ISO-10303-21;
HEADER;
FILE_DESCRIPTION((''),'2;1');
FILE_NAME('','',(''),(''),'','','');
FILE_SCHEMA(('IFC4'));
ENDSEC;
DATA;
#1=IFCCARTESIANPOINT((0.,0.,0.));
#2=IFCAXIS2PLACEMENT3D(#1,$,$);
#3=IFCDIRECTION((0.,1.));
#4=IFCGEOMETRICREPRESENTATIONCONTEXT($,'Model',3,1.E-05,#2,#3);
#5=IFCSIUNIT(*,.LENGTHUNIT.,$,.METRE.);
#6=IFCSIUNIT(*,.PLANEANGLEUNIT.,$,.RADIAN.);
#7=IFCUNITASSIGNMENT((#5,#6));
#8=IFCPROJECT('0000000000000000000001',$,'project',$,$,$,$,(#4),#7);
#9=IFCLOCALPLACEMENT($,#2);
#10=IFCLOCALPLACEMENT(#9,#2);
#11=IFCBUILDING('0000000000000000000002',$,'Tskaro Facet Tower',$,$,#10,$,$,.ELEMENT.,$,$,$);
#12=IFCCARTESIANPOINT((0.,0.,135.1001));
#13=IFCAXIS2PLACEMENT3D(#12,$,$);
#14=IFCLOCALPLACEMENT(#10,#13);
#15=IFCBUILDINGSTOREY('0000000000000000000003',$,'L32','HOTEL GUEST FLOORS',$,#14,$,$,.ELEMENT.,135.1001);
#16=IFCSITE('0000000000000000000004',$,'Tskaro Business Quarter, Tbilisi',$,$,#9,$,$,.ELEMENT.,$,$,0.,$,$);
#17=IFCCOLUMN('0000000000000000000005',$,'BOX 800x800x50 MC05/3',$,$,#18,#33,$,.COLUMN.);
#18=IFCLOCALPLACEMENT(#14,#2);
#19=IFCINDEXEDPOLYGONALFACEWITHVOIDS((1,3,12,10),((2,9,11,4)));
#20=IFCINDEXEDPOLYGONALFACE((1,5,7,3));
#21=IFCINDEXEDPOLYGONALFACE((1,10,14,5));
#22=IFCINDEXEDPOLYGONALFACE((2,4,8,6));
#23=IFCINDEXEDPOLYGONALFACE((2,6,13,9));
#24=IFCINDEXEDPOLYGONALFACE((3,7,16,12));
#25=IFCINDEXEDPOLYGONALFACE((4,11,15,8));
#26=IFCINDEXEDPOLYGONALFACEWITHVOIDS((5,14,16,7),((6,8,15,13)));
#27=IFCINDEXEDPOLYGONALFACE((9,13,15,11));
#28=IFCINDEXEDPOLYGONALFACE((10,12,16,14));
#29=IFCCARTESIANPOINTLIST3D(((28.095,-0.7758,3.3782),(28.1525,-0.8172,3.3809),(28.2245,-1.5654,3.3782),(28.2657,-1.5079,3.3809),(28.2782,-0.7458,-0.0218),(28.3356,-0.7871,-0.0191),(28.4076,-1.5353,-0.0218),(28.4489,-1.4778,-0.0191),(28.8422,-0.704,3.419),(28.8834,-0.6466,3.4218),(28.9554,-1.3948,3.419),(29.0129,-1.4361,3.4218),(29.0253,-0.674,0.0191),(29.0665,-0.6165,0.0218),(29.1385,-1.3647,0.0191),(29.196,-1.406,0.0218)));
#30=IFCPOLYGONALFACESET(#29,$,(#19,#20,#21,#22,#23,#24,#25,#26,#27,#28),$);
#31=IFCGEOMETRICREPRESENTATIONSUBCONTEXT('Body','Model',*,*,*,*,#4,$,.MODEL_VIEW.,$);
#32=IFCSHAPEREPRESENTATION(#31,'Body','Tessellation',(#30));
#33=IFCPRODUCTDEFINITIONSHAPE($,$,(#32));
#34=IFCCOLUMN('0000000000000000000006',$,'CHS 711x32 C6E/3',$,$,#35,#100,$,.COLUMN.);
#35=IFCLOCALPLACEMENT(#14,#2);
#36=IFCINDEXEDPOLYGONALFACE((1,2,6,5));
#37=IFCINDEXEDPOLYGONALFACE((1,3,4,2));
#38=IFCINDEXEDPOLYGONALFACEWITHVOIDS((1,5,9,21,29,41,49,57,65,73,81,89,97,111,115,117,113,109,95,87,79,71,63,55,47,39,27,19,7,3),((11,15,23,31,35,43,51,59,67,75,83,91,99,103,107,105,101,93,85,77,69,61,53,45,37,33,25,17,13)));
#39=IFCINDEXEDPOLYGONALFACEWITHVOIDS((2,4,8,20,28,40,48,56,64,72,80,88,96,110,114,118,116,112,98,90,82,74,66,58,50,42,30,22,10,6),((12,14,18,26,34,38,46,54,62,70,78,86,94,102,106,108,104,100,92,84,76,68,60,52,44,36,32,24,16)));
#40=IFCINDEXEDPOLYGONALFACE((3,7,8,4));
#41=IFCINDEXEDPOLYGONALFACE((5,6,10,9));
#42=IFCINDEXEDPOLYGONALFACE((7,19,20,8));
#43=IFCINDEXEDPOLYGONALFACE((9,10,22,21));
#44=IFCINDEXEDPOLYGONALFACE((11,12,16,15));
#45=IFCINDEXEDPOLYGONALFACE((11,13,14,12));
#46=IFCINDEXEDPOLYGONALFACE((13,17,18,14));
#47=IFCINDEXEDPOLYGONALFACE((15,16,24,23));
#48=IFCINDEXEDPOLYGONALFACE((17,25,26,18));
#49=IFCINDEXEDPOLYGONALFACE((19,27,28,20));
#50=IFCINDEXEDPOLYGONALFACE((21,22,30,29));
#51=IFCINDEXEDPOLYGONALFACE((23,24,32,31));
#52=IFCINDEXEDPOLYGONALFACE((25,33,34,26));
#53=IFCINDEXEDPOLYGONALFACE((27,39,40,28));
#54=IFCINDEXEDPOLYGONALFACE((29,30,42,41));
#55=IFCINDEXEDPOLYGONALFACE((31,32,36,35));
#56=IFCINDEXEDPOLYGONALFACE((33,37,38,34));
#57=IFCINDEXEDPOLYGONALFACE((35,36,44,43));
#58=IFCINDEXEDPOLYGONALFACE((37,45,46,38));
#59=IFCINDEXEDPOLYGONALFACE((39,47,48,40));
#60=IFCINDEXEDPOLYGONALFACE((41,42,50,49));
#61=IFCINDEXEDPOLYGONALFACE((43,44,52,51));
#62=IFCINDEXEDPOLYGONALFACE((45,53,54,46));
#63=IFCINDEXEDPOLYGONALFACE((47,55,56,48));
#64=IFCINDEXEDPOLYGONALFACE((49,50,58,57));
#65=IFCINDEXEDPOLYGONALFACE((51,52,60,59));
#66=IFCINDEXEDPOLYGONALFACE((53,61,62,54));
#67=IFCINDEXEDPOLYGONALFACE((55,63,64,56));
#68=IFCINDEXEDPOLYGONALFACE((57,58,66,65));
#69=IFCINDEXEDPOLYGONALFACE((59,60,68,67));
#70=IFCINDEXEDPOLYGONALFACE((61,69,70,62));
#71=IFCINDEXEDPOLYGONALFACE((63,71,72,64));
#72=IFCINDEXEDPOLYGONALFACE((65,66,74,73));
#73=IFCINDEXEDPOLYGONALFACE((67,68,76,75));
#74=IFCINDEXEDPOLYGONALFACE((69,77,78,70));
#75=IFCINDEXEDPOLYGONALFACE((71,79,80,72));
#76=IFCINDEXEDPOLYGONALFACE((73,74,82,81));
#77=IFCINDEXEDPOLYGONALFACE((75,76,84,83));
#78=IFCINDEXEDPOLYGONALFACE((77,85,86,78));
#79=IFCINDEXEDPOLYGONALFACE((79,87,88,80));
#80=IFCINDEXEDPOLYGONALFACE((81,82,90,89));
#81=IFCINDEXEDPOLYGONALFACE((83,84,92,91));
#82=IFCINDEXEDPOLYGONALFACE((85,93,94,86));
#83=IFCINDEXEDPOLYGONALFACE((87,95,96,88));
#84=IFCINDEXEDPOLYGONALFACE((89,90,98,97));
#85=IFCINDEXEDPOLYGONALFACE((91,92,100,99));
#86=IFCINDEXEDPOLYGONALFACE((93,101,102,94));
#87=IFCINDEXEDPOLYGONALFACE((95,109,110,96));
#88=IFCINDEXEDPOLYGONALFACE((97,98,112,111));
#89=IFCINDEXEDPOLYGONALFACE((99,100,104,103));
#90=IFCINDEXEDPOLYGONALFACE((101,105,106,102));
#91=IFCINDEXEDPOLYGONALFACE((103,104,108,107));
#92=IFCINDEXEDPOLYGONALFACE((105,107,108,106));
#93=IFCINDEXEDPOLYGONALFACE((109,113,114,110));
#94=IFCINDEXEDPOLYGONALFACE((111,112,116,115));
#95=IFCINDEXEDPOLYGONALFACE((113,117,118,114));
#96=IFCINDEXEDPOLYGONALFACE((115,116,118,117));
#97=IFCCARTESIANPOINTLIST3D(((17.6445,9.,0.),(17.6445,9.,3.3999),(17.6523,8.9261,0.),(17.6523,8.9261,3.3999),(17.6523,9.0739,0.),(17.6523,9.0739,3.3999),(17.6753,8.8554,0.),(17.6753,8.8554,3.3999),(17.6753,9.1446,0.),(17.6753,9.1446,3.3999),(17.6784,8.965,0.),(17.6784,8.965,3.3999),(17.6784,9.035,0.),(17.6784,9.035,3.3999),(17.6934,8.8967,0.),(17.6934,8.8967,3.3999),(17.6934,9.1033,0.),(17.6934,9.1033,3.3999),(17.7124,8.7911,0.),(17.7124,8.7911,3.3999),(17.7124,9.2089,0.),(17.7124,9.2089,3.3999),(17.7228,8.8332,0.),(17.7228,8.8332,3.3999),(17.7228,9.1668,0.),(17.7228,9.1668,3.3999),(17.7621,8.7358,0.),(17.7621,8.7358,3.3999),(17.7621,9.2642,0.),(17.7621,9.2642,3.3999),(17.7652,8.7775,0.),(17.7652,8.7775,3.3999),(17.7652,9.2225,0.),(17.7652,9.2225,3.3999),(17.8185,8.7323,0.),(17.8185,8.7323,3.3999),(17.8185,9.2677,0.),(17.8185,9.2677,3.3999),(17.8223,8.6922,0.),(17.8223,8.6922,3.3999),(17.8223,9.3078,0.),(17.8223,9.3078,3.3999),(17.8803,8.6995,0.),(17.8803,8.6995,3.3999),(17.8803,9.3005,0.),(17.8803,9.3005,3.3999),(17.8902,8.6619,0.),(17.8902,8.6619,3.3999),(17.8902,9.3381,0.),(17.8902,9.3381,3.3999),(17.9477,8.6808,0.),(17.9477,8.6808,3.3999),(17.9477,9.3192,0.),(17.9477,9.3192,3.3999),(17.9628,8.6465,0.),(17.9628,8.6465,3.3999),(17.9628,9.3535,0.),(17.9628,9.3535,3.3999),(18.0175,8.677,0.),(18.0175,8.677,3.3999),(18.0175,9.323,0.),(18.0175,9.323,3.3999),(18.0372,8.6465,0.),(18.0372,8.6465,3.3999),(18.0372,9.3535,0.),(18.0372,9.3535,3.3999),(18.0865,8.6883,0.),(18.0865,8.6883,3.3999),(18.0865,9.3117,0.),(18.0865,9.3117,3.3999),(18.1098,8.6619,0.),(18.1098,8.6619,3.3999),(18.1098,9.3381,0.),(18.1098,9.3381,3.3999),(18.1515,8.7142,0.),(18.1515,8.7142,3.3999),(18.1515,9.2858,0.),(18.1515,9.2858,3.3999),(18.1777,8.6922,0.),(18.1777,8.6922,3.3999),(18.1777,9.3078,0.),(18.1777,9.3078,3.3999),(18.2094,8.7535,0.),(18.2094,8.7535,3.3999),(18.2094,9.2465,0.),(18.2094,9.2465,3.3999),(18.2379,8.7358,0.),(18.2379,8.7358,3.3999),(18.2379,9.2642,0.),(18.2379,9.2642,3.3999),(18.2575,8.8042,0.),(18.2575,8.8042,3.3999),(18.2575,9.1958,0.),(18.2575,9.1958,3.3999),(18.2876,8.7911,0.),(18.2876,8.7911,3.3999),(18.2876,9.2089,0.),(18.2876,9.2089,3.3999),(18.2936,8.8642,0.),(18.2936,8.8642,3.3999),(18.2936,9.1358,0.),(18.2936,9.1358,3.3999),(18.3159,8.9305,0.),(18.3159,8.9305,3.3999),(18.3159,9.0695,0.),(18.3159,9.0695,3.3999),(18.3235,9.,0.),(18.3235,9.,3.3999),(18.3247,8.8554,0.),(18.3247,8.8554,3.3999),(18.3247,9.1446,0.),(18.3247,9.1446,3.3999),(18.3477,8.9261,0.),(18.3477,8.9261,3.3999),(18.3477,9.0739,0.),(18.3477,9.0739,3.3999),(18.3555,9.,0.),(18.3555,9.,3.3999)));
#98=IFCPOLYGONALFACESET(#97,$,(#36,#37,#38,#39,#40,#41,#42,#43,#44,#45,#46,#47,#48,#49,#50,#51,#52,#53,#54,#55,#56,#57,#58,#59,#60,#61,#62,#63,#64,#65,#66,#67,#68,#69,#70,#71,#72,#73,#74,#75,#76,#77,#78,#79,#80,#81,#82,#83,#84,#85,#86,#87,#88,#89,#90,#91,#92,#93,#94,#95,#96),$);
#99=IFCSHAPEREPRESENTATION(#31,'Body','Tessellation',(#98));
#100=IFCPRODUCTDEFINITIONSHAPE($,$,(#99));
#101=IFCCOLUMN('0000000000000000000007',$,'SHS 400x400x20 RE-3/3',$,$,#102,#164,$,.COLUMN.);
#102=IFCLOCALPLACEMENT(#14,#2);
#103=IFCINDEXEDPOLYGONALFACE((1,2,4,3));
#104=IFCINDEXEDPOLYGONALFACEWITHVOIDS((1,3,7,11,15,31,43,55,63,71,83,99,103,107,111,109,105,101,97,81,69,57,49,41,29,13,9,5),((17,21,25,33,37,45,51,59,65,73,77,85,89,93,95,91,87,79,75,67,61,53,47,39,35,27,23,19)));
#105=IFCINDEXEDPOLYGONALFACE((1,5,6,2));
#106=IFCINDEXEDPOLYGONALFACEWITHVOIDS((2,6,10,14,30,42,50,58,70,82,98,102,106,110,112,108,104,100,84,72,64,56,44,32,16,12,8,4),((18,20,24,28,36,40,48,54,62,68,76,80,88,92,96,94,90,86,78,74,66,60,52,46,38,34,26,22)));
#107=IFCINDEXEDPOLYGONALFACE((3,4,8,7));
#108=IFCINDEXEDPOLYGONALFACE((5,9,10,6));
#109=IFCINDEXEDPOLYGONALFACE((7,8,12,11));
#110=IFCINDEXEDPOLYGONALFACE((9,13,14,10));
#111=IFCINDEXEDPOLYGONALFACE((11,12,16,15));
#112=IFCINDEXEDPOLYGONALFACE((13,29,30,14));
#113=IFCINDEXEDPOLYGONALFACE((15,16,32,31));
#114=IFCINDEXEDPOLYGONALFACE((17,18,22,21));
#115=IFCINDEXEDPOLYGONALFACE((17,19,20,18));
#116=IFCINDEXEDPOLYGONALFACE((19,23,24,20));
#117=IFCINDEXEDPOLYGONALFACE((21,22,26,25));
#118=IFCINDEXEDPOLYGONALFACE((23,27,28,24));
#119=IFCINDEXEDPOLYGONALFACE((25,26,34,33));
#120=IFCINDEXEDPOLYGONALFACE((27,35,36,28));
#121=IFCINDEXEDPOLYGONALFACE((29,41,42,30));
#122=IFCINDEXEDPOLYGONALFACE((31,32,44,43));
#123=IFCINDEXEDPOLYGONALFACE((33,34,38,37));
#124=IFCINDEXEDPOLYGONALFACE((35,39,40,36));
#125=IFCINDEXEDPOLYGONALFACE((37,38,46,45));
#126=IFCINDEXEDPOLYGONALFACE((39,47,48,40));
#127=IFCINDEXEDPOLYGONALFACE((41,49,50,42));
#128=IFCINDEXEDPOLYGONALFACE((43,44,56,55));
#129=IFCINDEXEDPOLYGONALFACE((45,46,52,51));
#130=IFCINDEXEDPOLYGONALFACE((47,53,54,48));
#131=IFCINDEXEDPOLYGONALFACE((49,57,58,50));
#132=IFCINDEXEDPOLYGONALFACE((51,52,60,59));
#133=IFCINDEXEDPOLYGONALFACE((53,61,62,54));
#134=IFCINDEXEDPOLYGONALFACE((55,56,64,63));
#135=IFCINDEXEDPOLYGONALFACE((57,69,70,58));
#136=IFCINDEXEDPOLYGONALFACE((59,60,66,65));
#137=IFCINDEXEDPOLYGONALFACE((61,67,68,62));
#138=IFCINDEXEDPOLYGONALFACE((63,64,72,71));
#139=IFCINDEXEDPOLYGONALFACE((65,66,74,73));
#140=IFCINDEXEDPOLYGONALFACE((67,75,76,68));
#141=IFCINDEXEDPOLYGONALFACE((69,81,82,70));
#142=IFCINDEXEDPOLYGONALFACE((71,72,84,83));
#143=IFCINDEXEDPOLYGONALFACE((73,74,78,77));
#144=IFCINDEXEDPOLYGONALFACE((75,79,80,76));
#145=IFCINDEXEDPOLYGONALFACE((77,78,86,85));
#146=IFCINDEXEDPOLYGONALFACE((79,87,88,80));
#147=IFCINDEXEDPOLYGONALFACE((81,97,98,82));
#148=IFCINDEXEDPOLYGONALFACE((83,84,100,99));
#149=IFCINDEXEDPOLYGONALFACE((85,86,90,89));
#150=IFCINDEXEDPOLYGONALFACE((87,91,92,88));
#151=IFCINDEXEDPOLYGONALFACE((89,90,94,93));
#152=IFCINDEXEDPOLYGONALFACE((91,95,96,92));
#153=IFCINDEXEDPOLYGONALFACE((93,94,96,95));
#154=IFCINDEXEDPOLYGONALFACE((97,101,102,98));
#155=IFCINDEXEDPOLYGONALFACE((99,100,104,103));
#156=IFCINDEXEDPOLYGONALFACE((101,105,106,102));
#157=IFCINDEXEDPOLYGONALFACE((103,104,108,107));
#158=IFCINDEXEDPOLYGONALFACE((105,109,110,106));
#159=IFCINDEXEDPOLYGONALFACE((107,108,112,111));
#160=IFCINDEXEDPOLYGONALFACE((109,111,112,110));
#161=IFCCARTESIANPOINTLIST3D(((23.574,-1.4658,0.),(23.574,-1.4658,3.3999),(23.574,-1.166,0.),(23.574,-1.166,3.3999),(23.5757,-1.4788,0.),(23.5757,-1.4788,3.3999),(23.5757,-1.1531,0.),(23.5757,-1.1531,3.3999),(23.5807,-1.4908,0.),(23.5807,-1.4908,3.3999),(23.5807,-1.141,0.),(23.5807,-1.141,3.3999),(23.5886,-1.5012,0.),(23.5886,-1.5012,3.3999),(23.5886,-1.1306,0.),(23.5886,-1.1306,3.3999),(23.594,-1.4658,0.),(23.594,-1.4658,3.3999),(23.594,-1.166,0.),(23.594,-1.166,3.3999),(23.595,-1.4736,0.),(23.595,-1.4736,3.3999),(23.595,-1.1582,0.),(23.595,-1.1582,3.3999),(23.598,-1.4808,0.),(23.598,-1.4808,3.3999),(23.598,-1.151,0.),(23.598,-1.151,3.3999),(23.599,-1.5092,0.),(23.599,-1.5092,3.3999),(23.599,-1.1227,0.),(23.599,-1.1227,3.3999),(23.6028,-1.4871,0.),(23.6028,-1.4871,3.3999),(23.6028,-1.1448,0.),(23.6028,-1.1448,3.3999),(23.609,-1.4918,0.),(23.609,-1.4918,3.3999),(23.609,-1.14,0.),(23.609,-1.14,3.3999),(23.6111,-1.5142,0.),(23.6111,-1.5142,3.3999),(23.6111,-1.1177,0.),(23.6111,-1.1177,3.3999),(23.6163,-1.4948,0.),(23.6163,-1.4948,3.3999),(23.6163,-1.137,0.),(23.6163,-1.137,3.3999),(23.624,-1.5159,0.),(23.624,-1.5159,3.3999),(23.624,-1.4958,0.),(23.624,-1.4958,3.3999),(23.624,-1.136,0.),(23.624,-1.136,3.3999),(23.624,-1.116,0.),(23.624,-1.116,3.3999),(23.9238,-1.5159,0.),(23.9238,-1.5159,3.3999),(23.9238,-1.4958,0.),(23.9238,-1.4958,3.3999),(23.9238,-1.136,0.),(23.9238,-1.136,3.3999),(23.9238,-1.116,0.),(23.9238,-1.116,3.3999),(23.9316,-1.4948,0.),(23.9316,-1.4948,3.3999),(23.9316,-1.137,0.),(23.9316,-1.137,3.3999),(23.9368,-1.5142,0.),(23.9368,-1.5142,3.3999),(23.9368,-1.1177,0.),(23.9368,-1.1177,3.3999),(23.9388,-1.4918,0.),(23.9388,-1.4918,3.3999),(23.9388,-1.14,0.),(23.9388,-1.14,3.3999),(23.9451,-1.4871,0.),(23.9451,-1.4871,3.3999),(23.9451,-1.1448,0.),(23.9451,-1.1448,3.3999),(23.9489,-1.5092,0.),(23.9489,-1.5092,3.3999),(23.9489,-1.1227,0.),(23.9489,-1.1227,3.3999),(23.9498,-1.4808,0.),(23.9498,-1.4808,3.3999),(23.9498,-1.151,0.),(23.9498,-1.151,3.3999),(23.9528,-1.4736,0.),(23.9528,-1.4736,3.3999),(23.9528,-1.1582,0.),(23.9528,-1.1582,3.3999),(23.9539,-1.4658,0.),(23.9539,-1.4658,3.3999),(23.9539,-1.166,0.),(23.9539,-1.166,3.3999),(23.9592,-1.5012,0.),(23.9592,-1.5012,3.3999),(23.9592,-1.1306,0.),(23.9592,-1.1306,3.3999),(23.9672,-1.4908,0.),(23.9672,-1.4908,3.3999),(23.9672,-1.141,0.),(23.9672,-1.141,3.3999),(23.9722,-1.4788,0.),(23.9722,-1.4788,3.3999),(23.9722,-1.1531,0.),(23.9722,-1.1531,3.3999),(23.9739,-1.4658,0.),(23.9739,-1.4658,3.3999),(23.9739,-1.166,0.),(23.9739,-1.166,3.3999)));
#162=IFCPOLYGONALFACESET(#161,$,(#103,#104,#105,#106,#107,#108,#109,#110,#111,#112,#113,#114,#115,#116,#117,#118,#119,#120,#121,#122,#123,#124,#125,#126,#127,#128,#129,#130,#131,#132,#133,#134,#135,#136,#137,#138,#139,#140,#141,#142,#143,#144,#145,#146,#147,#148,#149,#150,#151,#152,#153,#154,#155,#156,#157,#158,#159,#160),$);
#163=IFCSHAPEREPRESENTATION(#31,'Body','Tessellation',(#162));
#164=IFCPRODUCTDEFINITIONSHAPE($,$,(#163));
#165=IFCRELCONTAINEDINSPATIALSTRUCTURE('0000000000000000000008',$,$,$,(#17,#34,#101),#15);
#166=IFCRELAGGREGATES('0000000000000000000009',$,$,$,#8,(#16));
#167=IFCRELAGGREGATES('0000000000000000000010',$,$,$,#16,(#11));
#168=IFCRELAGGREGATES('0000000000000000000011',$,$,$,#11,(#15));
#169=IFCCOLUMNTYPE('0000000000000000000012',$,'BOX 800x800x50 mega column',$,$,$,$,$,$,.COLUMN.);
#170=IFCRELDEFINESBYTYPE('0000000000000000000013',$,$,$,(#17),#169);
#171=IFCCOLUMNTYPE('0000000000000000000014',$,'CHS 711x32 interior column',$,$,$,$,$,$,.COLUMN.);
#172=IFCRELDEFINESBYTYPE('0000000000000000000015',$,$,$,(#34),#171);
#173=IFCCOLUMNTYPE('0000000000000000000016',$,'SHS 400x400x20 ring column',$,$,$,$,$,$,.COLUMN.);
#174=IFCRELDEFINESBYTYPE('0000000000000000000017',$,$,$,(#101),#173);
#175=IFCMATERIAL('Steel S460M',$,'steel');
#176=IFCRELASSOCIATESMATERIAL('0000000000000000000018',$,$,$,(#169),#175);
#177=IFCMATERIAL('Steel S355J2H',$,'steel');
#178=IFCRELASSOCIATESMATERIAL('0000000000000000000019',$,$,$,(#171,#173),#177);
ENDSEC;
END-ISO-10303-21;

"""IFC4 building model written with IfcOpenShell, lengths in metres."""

from ifc_helpers import new_model, si_unit, direction, frame, origin, origin_2d, place, context, subcontext, project, spatial, hollow_rectangle, hollow_circle, extrude, material, material_profile, profile_set, type_object, element, save


model = new_model("IFC4")

# Units and contexts
model_context = context("Model", 3, precision=1e-05, world=origin(), true_north=direction((0.0, 1.0)))
body_context = subcontext(model_context, "Body", "Model", "MODEL_VIEW")
ifc_project = project(units=[si_unit("LENGTHUNIT", "METRE"), si_unit("PLANEANGLEUNIT", "RADIAN")], contexts=[model_context])

# Site, building, storey
site_placement = place(None, origin())
site = spatial("IfcSite", under=ifc_project, at=site_placement, Name="Tskaro Business Quarter, Tbilisi", CompositionType="ELEMENT", RefElevation=0.0)
building_placement = place(site_placement, origin())
building = spatial("IfcBuilding", under=site, at=building_placement, Name="Tskaro Facet Tower", CompositionType="ELEMENT")
storey_placement = place(building_placement, frame((0.0, 0.0, 135.1001)))
storey = spatial("IfcBuildingStorey", under=building, at=storey_placement, Name="L32", Description="HOTEL GUEST FLOORS", CompositionType="ELEMENT", Elevation=135.1001)

# Columns
ifc_material_1 = material(Name="Steel S460M", Category="steel")
ifc_material_profile_1 = material_profile(ifc_material_1, hollow_rectangle(XDim=0.8, YDim=0.8, WallThickness=0.05, at=origin_2d()), Name="BOX 800x800x50")
ifc_profile_set_1 = profile_set([ifc_material_profile_1], Name="Steel S460M")
column_type_1 = type_object("IfcColumnType", Name="BOX 800x800x50 mega column", PredefinedType="COLUMN", material=ifc_profile_set_1)
column_1_placement = place(storey_placement, frame((28.7371, -1.0759, 0.0), z_axis=(-0.053776, -0.008819, 0.998514), x_axis=(0.161838, -0.986817, 0.0)))
element("IfcColumn", 1, at=column_1_placement, inside=storey, type_object=column_type_1, Name="BOX 800x800x50 MC05/3", PredefinedType="COLUMN", context=body_context, shape_type="SweptSolid", body=[
    extrude(hollow_rectangle(XDim=0.8, YDim=0.8, WallThickness=0.05, at=origin_2d()), origin(), (0.0, 0.0, 1.0), 3.405),
])
ifc_material_2 = material(Name="Steel S355J2H", Category="steel")
ifc_material_profile_2 = material_profile(ifc_material_2, hollow_circle(Radius=0.3555, WallThickness=0.032, at=origin_2d()), Name="CHS 711x32")
ifc_profile_set_2 = profile_set([ifc_material_profile_2], Name="Steel S355J2H")
column_type_2 = type_object("IfcColumnType", Name="CHS 711x32 interior column", PredefinedType="COLUMN", material=ifc_profile_set_2)
column_2_placement = place(storey_placement, frame((18.0, 9.0, 0.0), z_axis=(0.0, 0.0, 1.0), x_axis=(1.0, 0.0, 0.0)))
element("IfcColumn", 2, at=column_2_placement, inside=storey, type_object=column_type_2, Name="CHS 711x32 C6E/3", PredefinedType="COLUMN", context=body_context, shape_type="SweptSolid", body=[
    extrude(hollow_circle(Radius=0.3555, WallThickness=0.032, at=origin_2d()), origin(), (0.0, 0.0, 1.0), 3.3999),
])
ifc_material_profile_3 = material_profile(ifc_material_2, hollow_rectangle(XDim=0.3999, YDim=0.3999, WallThickness=0.02, InnerFilletRadius=0.03, OuterFilletRadius=0.05, at=origin_2d()), Name="SHS 400x400x20")
ifc_profile_set_3 = profile_set([ifc_material_profile_3], Name="Steel S355J2H")
column_type_3 = type_object("IfcColumnType", Name="SHS 400x400x20 ring column", PredefinedType="COLUMN", material=ifc_profile_set_3)
for number, where, z_axis, x_axis, name in (
    (3, (23.7739, -1.3159, 0.0), (0.0, 0.0, 1.0), (1.0, 0.0, 0.0), "SHS 400x400x20 RE-3/3"),
):
    element("IfcColumn", number, at=place(storey_placement, frame(where, z_axis=z_axis, x_axis=x_axis)), inside=storey, type_object=column_type_3, Name=name, PredefinedType="COLUMN", context=body_context, shape_type="SweptSolid", body=[
        extrude(hollow_rectangle(XDim=0.3999, YDim=0.3999, WallThickness=0.02, InnerFilletRadius=0.03, OuterFilletRadius=0.05, at=origin_2d()), origin(), (0.0, 0.0, 1.0), 3.3999),
    ])

save(model, "model.ifc")
